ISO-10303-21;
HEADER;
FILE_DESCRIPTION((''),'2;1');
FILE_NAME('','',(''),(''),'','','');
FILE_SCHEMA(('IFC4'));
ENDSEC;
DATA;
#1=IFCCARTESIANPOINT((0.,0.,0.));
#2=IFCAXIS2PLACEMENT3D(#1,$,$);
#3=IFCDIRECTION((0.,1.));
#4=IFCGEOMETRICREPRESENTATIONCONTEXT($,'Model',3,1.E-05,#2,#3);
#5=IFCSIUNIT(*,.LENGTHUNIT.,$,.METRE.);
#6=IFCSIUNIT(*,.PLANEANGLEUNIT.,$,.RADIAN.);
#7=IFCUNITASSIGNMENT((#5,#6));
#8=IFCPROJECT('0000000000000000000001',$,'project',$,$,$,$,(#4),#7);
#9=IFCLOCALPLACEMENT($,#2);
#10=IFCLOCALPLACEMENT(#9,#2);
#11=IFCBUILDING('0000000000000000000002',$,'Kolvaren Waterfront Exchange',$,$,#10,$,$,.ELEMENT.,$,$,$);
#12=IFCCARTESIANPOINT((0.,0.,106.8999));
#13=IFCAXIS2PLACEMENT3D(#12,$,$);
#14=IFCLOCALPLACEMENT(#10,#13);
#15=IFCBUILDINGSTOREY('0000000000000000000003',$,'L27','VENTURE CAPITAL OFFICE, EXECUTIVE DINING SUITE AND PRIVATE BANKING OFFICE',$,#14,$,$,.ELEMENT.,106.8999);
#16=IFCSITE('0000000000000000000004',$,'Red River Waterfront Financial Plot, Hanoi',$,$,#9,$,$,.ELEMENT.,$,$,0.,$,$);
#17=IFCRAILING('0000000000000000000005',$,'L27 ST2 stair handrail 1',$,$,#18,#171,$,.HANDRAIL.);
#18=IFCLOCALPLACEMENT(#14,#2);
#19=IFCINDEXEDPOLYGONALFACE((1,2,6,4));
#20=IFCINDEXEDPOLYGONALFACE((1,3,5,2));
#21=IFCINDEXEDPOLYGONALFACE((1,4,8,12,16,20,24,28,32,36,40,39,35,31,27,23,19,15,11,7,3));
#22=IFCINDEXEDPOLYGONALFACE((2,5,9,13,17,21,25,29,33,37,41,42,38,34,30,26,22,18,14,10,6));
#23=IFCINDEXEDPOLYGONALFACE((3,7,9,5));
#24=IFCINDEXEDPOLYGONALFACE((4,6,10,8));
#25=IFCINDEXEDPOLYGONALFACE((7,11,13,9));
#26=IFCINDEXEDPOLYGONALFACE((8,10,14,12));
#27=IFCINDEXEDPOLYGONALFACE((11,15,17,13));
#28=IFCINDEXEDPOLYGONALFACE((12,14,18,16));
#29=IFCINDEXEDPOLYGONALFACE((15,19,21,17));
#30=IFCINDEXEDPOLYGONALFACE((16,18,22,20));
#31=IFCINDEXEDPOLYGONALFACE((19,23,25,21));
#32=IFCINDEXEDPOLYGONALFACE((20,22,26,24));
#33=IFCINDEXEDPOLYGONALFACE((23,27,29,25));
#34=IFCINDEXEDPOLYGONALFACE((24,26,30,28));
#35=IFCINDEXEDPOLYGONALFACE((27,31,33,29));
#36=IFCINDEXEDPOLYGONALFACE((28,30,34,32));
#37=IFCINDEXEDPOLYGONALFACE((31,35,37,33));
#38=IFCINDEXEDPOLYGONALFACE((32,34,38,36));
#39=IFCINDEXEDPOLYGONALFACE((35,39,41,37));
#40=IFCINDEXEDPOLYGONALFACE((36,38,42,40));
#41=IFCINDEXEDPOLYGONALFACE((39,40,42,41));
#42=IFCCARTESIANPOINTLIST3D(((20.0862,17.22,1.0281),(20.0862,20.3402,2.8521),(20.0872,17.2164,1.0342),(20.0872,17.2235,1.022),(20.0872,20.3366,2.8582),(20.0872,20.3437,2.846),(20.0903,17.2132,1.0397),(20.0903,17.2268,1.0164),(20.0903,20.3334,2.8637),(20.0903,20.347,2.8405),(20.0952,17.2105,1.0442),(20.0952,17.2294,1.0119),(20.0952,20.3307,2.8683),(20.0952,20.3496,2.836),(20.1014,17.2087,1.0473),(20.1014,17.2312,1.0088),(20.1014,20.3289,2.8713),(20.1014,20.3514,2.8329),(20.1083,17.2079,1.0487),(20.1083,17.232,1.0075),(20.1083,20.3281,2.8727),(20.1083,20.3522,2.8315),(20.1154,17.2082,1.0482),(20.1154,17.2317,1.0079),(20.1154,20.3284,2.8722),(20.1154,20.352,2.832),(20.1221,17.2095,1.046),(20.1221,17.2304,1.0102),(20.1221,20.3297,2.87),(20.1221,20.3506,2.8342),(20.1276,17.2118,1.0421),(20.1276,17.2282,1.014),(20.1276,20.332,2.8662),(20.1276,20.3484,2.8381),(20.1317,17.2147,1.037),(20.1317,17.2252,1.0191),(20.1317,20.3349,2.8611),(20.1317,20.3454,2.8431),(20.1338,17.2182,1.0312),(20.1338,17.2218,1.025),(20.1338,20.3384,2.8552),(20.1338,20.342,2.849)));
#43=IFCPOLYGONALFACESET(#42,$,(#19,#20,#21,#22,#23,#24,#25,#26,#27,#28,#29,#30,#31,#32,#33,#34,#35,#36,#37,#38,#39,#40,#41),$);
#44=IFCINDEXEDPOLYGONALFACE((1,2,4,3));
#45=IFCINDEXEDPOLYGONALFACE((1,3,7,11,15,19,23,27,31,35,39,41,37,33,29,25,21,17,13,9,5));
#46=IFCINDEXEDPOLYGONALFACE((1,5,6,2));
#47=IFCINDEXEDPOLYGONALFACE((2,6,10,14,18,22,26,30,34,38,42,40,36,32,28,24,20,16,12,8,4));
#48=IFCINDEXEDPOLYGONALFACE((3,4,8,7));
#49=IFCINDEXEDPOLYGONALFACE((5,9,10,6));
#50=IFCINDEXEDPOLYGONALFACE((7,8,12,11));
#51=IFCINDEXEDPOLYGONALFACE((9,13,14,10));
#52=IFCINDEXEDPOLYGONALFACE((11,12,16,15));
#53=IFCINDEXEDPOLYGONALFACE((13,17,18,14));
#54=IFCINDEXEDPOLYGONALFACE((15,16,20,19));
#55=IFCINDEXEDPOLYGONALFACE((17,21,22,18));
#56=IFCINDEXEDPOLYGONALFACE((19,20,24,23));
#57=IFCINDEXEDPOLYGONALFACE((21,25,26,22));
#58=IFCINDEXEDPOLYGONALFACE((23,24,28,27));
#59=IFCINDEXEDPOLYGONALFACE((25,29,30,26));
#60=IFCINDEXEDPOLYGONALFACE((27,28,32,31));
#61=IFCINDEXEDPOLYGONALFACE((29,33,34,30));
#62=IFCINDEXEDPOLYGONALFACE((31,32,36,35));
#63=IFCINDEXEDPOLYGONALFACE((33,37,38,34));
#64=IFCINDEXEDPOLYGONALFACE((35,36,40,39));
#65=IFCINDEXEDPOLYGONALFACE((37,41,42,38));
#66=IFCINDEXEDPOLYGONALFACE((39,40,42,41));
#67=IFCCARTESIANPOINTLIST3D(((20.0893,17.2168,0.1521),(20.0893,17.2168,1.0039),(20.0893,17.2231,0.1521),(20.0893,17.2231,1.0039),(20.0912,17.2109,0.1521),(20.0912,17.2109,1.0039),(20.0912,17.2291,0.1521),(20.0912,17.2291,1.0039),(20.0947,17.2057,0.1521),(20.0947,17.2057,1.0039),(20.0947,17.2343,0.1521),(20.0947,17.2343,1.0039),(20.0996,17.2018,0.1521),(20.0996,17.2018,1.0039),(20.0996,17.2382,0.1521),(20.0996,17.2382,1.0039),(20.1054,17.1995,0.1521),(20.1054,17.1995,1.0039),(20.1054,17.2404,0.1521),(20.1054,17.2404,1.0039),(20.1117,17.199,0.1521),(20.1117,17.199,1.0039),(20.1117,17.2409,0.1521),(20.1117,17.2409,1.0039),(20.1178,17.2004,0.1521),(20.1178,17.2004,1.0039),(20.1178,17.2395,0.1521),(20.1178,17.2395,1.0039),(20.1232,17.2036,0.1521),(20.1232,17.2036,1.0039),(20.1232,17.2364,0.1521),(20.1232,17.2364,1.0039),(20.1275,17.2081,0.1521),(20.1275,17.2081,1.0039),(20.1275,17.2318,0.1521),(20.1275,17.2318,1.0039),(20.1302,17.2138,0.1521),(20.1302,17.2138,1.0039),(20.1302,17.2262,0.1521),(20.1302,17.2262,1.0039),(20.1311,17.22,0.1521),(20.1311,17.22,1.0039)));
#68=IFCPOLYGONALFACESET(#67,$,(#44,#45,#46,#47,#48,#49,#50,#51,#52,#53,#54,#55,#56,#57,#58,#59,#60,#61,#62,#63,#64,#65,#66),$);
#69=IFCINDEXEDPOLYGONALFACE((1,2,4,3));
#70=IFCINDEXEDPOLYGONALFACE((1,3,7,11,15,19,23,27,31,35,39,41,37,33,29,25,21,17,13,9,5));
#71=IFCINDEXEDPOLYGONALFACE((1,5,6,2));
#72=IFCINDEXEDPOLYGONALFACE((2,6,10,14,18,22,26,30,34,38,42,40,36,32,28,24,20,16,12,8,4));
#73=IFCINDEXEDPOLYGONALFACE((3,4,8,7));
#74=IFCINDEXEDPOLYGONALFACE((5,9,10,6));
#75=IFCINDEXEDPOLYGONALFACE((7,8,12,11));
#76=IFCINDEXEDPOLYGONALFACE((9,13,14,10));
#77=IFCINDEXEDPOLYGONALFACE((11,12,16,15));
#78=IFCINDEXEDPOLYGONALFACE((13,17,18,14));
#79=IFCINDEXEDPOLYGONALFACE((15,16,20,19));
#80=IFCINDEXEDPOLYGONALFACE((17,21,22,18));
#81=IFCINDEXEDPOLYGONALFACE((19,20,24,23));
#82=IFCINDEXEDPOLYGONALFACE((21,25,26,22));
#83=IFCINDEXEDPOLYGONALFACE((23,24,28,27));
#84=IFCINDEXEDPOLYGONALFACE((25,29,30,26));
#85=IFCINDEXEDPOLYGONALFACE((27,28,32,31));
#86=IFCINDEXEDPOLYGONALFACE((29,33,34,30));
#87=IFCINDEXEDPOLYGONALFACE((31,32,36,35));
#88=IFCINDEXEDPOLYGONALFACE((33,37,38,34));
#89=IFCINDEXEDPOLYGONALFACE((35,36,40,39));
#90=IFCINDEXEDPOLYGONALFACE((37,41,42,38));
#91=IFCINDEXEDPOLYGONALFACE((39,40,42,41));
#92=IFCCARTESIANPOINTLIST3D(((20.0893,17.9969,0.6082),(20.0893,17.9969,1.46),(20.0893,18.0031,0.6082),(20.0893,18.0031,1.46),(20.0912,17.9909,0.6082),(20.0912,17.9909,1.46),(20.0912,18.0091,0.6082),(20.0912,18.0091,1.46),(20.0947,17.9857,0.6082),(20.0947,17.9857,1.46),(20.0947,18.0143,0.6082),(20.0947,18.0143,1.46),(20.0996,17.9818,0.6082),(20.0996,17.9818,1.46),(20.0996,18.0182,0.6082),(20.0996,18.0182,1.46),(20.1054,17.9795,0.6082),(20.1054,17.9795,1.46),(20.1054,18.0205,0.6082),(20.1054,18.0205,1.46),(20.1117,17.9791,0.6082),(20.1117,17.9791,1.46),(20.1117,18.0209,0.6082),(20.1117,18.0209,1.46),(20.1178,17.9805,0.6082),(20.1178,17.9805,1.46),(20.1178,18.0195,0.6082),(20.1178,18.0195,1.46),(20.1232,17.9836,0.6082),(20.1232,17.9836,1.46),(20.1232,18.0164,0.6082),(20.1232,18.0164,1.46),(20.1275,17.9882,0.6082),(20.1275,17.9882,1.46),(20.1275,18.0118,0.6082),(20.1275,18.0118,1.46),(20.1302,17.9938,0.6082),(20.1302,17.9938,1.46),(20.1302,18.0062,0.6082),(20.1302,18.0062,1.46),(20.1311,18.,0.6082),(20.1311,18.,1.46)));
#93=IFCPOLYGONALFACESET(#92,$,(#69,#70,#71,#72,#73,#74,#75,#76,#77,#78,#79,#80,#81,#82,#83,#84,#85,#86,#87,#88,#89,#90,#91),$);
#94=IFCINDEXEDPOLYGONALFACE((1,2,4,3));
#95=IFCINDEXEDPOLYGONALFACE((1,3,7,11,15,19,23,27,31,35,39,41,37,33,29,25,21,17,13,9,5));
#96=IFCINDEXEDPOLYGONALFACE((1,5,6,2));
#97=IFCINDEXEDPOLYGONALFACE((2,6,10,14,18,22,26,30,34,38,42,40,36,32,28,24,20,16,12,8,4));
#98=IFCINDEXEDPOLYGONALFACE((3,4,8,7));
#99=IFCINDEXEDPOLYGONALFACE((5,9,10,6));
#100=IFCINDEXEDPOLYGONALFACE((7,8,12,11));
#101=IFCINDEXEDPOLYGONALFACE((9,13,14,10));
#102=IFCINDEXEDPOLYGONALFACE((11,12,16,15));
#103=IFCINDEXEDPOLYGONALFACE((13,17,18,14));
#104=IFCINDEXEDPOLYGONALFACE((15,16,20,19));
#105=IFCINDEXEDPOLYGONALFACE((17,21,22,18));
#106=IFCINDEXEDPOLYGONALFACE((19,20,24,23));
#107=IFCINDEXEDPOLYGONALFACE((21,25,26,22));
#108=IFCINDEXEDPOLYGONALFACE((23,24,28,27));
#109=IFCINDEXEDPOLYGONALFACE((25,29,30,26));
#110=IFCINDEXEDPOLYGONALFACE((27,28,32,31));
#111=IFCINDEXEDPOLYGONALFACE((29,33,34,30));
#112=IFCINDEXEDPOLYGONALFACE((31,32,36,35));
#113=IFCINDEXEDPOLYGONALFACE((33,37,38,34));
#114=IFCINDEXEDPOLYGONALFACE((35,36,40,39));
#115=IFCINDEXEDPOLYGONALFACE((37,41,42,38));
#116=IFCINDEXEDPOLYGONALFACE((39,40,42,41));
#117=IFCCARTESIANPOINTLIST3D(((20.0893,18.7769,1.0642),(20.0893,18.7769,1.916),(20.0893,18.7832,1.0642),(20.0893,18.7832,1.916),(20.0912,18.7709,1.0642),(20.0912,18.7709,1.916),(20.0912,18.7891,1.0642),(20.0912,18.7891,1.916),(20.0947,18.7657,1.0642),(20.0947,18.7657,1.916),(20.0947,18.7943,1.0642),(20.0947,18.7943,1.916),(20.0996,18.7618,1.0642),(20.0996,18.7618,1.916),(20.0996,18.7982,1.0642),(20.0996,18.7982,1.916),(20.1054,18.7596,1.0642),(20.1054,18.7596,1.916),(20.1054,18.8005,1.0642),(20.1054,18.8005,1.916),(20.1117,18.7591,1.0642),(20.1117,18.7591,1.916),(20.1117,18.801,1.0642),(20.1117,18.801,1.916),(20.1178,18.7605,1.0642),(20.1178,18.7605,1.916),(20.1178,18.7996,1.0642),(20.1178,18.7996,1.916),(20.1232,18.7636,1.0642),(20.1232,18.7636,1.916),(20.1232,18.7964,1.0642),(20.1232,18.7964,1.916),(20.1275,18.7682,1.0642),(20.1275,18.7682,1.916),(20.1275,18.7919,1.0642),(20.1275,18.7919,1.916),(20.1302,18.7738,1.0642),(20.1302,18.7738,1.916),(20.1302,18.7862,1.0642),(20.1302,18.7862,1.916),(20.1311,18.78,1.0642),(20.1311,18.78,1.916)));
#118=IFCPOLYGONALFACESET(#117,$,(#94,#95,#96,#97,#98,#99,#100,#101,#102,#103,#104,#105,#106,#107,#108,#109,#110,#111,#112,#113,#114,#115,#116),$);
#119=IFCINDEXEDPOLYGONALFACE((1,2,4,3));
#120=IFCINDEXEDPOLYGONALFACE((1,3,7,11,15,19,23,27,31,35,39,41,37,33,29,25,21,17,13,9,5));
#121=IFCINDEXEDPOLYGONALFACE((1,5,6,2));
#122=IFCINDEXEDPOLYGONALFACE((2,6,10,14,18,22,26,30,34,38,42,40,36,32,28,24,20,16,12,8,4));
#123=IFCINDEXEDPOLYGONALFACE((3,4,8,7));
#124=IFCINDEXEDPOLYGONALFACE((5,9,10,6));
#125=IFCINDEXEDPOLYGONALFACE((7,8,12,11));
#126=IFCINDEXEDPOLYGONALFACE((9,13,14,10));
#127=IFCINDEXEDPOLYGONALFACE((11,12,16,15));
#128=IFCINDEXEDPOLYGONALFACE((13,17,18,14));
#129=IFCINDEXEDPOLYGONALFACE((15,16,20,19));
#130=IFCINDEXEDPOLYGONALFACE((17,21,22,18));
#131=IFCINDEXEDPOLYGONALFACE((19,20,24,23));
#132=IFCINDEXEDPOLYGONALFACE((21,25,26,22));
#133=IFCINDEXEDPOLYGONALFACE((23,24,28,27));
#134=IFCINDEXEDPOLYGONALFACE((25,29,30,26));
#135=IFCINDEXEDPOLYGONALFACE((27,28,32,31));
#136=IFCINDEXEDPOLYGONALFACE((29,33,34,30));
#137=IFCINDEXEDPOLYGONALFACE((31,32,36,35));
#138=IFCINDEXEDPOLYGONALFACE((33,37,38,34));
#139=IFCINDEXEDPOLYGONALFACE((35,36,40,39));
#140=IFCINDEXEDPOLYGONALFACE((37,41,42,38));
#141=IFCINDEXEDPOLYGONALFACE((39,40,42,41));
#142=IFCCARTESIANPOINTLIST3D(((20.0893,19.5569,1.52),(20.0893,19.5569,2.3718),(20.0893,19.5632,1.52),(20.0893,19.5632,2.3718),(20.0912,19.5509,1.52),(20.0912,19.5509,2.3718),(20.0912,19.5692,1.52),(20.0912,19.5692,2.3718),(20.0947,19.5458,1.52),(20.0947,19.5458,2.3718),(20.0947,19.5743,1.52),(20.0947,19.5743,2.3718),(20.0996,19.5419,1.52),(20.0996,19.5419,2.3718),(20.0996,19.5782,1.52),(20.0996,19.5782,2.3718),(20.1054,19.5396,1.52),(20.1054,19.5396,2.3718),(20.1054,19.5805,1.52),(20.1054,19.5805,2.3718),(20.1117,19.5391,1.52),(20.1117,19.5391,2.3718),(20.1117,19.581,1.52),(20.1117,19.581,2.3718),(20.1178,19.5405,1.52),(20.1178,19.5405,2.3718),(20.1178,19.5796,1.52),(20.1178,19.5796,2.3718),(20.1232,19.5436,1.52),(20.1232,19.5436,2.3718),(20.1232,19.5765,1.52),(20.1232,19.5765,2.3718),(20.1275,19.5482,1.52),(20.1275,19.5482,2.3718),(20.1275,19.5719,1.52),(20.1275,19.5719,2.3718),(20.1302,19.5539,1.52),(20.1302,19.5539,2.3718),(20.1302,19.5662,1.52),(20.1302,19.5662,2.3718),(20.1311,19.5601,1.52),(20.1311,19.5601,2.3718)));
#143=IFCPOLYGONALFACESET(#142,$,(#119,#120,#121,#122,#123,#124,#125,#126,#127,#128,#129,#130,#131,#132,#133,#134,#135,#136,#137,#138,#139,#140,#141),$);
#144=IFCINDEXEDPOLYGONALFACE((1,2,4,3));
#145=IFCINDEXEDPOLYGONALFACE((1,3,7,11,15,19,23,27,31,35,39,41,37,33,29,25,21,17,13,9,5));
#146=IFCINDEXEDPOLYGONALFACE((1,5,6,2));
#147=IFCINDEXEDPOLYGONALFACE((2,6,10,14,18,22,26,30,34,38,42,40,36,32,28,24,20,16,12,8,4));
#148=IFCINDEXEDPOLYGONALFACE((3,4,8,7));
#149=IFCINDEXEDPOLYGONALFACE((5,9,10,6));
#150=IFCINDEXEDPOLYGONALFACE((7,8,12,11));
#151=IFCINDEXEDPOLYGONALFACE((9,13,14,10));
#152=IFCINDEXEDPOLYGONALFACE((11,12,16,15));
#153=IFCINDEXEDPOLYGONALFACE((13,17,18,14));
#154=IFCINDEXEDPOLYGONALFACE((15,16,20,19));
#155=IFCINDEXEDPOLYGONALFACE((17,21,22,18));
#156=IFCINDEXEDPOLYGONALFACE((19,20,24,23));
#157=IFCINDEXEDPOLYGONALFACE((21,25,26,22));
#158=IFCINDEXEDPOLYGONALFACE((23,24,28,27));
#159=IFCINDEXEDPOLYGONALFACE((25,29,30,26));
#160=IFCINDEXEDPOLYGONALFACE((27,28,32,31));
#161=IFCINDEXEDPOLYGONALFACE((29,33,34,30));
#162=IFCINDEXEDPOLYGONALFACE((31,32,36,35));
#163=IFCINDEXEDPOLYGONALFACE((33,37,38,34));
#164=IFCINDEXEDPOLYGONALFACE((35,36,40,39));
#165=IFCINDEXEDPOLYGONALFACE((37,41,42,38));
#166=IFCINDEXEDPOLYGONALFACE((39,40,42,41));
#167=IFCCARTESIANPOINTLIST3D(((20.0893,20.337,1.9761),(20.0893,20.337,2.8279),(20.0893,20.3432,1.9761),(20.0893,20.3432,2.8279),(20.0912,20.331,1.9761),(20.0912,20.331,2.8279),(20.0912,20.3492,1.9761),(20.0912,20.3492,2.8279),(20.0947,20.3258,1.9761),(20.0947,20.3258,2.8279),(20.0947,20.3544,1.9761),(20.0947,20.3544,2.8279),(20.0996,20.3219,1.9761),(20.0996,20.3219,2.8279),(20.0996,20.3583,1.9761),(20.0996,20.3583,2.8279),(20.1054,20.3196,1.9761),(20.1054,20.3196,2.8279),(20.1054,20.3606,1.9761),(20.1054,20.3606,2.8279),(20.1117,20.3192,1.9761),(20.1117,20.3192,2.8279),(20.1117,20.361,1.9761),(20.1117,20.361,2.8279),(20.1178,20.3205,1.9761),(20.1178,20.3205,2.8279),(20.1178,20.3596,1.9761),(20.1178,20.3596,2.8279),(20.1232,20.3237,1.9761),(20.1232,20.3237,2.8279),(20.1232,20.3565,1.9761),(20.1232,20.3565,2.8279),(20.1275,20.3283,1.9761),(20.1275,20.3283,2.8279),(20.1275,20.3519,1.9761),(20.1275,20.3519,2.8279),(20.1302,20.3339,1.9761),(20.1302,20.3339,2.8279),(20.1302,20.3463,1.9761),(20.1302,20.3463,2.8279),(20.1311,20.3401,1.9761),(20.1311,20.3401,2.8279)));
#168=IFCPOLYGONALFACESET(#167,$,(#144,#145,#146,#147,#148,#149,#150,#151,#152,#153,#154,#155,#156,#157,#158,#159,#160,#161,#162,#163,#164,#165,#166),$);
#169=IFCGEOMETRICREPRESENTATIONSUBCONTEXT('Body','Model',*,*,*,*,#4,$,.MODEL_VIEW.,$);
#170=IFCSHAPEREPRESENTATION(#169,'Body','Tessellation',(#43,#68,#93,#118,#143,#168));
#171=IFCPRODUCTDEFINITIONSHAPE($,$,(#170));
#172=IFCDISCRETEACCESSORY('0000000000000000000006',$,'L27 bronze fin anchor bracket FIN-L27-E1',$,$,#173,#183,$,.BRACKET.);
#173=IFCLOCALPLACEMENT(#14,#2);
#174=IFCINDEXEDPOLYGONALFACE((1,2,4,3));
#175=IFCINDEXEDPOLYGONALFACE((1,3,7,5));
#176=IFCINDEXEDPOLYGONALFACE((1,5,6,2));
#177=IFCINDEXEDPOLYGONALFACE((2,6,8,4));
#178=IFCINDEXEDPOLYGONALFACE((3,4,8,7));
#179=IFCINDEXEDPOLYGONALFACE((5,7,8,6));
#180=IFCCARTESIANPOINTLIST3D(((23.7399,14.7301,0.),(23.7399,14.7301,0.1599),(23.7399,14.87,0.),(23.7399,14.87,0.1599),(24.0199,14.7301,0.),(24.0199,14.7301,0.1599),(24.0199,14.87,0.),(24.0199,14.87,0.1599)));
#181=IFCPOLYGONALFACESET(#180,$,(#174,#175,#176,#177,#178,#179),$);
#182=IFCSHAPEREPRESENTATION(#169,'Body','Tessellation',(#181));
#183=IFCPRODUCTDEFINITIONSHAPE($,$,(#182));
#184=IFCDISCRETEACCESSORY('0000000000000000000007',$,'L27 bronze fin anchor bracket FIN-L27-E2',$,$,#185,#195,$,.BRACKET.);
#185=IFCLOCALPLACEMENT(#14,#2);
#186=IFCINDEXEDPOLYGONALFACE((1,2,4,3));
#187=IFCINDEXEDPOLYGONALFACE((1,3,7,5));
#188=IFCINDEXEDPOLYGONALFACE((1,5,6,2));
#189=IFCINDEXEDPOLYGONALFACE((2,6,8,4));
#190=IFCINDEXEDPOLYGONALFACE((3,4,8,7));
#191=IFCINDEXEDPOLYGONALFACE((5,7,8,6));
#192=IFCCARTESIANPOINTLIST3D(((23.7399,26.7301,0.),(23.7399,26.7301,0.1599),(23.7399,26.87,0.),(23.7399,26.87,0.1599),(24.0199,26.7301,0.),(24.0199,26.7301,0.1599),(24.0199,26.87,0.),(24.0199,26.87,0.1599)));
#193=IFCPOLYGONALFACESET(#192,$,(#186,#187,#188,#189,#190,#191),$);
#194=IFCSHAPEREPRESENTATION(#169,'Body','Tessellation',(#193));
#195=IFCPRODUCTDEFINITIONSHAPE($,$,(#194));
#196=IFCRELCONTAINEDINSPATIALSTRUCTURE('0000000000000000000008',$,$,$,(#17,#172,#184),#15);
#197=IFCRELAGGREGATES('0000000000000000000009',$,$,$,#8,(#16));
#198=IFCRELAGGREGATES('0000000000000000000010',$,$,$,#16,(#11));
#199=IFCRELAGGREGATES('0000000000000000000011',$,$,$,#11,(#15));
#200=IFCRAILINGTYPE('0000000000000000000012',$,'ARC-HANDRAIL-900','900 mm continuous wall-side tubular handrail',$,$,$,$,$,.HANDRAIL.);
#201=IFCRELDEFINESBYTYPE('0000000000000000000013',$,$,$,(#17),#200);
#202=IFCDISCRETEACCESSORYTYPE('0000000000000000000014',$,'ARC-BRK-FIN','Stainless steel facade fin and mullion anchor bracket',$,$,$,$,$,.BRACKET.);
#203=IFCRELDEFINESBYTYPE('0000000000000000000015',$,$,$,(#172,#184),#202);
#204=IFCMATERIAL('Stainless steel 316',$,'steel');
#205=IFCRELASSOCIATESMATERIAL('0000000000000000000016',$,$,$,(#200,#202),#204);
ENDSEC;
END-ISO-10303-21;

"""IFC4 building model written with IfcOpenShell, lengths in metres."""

from ifc_helpers import new_model, si_unit, direction, frame, origin, origin_with_axes, origin_2d, place, context, subcontext, project, spatial, rectangle, circle, extrude, source, transform, mapped, material, type_object, element, save


model = new_model("IFC4")

# Units and contexts
model_context = context("Model", 3, precision=1e-05, world=origin(), true_north=direction((0.0, 1.0)))
body_context = subcontext(model_context, "Body", "Model", "MODEL_VIEW")
ifc_project = project(units=[si_unit("LENGTHUNIT", "METRE"), si_unit("PLANEANGLEUNIT", "RADIAN")], contexts=[model_context])

# Site, building, storey
site_placement = place(None, origin())
site = spatial("IfcSite", under=ifc_project, at=site_placement, Name="Red River Waterfront Financial Plot, Hanoi", CompositionType="ELEMENT", RefElevation=0.0)
building_placement = place(site_placement, origin())
building = spatial("IfcBuilding", under=site, at=building_placement, Name="Kolvaren Waterfront Exchange", CompositionType="ELEMENT")
storey_placement = place(building_placement, frame((0.0, 0.0, 106.8999)))
storey = spatial("IfcBuildingStorey", under=building, at=storey_placement, Name="L27", Description="VENTURE CAPITAL OFFICE, EXECUTIVE DINING SUITE AND PRIVATE BANKING OFFICE", CompositionType="ELEMENT", Elevation=106.8999)

# Railing
ifc_material_1 = material(Name="Stainless steel 316", Category="steel")
railing_type_1 = type_object("IfcRailingType", Name="ARC-HANDRAIL-900", Description="900 mm continuous wall-side tubular handrail", PredefinedType="HANDRAIL", material=ifc_material_1)
railing_1_placement = place(storey_placement, frame((20.1101, 17.22, 0.1521)))
element("IfcRailing", 1, at=railing_1_placement, inside=storey, type_object=railing_type_1, Name="L27 ST2 stair handrail 1", PredefinedType="HANDRAIL", context=body_context, shape_type="SweptSolid", body=[
    extrude(circle(Radius=0.0239, at=origin_2d()), frame((0.0, 0.0, 0.876), z_axis=(0.0, 0.863308, 0.504677), x_axis=(-1.0, 0.0, 0.0)), (0.0, 0.0, 1.0), 3.6143),
    extrude(circle(Radius=0.021, at=origin_2d()), origin(), (0.0, 0.0, 1.0), 0.8518),
    extrude(circle(Radius=0.021, at=origin_2d()), frame((0.0, 0.78, 0.4561)), (0.0, 0.0, 1.0), 0.8518),
    extrude(circle(Radius=0.021, at=origin_2d()), frame((0.0, 1.5601, 0.9121)), (0.0, 0.0, 1.0), 0.8518),
    extrude(circle(Radius=0.021, at=origin_2d()), frame((0.0, 2.3401, 1.3679)), (0.0, 0.0, 1.0), 0.8518),
    extrude(circle(Radius=0.021, at=origin_2d()), frame((0.0, 3.1201, 1.824)), (0.0, 0.0, 1.0), 0.8518),
])

# Discrete accessories
discrete_accessory_type = type_object("IfcDiscreteAccessoryType", Name="ARC-BRK-FIN", Description="Stainless steel facade fin and mullion anchor bracket", PredefinedType="BRACKET", material=ifc_material_1)
shared_shape_1 = source(origin_with_axes(), body_context, "Body", "SweptSolid", [
    extrude(rectangle(XDim=0.28, YDim=0.1399, at=origin_2d()), origin(), (0.0, 0.0, 1.0), 0.1599),
])
for number, where, z_axis, x_axis, name in (
    (2, (23.8799, 14.8, 0.0), (0.0, 0.0, 1.0), (1.0, 0.0, 0.0), "L27 bronze fin anchor bracket FIN-L27-E1"),
    (3, (23.8799, 26.8, 0.0), (0.0, 0.0, 1.0), (1.0, 0.0, 0.0), "L27 bronze fin anchor bracket FIN-L27-E2"),
):
    element("IfcDiscreteAccessory", number, at=place(storey_placement, frame(where, z_axis=z_axis, x_axis=x_axis)), inside=storey, type_object=discrete_accessory_type, Name=name, PredefinedType="BRACKET", context=body_context, shape_type="MappedRepresentation", body=[
        mapped(shared_shape_1, transform((0.0, 0.0, 0.0), x_axis=(1.0, 0.0, 0.0), y_axis=(0.0, 1.0, 0.0), z_axis=(0.0, 0.0, 1.0), scale=1.0)),
    ])

save(model, "model.ifc")
